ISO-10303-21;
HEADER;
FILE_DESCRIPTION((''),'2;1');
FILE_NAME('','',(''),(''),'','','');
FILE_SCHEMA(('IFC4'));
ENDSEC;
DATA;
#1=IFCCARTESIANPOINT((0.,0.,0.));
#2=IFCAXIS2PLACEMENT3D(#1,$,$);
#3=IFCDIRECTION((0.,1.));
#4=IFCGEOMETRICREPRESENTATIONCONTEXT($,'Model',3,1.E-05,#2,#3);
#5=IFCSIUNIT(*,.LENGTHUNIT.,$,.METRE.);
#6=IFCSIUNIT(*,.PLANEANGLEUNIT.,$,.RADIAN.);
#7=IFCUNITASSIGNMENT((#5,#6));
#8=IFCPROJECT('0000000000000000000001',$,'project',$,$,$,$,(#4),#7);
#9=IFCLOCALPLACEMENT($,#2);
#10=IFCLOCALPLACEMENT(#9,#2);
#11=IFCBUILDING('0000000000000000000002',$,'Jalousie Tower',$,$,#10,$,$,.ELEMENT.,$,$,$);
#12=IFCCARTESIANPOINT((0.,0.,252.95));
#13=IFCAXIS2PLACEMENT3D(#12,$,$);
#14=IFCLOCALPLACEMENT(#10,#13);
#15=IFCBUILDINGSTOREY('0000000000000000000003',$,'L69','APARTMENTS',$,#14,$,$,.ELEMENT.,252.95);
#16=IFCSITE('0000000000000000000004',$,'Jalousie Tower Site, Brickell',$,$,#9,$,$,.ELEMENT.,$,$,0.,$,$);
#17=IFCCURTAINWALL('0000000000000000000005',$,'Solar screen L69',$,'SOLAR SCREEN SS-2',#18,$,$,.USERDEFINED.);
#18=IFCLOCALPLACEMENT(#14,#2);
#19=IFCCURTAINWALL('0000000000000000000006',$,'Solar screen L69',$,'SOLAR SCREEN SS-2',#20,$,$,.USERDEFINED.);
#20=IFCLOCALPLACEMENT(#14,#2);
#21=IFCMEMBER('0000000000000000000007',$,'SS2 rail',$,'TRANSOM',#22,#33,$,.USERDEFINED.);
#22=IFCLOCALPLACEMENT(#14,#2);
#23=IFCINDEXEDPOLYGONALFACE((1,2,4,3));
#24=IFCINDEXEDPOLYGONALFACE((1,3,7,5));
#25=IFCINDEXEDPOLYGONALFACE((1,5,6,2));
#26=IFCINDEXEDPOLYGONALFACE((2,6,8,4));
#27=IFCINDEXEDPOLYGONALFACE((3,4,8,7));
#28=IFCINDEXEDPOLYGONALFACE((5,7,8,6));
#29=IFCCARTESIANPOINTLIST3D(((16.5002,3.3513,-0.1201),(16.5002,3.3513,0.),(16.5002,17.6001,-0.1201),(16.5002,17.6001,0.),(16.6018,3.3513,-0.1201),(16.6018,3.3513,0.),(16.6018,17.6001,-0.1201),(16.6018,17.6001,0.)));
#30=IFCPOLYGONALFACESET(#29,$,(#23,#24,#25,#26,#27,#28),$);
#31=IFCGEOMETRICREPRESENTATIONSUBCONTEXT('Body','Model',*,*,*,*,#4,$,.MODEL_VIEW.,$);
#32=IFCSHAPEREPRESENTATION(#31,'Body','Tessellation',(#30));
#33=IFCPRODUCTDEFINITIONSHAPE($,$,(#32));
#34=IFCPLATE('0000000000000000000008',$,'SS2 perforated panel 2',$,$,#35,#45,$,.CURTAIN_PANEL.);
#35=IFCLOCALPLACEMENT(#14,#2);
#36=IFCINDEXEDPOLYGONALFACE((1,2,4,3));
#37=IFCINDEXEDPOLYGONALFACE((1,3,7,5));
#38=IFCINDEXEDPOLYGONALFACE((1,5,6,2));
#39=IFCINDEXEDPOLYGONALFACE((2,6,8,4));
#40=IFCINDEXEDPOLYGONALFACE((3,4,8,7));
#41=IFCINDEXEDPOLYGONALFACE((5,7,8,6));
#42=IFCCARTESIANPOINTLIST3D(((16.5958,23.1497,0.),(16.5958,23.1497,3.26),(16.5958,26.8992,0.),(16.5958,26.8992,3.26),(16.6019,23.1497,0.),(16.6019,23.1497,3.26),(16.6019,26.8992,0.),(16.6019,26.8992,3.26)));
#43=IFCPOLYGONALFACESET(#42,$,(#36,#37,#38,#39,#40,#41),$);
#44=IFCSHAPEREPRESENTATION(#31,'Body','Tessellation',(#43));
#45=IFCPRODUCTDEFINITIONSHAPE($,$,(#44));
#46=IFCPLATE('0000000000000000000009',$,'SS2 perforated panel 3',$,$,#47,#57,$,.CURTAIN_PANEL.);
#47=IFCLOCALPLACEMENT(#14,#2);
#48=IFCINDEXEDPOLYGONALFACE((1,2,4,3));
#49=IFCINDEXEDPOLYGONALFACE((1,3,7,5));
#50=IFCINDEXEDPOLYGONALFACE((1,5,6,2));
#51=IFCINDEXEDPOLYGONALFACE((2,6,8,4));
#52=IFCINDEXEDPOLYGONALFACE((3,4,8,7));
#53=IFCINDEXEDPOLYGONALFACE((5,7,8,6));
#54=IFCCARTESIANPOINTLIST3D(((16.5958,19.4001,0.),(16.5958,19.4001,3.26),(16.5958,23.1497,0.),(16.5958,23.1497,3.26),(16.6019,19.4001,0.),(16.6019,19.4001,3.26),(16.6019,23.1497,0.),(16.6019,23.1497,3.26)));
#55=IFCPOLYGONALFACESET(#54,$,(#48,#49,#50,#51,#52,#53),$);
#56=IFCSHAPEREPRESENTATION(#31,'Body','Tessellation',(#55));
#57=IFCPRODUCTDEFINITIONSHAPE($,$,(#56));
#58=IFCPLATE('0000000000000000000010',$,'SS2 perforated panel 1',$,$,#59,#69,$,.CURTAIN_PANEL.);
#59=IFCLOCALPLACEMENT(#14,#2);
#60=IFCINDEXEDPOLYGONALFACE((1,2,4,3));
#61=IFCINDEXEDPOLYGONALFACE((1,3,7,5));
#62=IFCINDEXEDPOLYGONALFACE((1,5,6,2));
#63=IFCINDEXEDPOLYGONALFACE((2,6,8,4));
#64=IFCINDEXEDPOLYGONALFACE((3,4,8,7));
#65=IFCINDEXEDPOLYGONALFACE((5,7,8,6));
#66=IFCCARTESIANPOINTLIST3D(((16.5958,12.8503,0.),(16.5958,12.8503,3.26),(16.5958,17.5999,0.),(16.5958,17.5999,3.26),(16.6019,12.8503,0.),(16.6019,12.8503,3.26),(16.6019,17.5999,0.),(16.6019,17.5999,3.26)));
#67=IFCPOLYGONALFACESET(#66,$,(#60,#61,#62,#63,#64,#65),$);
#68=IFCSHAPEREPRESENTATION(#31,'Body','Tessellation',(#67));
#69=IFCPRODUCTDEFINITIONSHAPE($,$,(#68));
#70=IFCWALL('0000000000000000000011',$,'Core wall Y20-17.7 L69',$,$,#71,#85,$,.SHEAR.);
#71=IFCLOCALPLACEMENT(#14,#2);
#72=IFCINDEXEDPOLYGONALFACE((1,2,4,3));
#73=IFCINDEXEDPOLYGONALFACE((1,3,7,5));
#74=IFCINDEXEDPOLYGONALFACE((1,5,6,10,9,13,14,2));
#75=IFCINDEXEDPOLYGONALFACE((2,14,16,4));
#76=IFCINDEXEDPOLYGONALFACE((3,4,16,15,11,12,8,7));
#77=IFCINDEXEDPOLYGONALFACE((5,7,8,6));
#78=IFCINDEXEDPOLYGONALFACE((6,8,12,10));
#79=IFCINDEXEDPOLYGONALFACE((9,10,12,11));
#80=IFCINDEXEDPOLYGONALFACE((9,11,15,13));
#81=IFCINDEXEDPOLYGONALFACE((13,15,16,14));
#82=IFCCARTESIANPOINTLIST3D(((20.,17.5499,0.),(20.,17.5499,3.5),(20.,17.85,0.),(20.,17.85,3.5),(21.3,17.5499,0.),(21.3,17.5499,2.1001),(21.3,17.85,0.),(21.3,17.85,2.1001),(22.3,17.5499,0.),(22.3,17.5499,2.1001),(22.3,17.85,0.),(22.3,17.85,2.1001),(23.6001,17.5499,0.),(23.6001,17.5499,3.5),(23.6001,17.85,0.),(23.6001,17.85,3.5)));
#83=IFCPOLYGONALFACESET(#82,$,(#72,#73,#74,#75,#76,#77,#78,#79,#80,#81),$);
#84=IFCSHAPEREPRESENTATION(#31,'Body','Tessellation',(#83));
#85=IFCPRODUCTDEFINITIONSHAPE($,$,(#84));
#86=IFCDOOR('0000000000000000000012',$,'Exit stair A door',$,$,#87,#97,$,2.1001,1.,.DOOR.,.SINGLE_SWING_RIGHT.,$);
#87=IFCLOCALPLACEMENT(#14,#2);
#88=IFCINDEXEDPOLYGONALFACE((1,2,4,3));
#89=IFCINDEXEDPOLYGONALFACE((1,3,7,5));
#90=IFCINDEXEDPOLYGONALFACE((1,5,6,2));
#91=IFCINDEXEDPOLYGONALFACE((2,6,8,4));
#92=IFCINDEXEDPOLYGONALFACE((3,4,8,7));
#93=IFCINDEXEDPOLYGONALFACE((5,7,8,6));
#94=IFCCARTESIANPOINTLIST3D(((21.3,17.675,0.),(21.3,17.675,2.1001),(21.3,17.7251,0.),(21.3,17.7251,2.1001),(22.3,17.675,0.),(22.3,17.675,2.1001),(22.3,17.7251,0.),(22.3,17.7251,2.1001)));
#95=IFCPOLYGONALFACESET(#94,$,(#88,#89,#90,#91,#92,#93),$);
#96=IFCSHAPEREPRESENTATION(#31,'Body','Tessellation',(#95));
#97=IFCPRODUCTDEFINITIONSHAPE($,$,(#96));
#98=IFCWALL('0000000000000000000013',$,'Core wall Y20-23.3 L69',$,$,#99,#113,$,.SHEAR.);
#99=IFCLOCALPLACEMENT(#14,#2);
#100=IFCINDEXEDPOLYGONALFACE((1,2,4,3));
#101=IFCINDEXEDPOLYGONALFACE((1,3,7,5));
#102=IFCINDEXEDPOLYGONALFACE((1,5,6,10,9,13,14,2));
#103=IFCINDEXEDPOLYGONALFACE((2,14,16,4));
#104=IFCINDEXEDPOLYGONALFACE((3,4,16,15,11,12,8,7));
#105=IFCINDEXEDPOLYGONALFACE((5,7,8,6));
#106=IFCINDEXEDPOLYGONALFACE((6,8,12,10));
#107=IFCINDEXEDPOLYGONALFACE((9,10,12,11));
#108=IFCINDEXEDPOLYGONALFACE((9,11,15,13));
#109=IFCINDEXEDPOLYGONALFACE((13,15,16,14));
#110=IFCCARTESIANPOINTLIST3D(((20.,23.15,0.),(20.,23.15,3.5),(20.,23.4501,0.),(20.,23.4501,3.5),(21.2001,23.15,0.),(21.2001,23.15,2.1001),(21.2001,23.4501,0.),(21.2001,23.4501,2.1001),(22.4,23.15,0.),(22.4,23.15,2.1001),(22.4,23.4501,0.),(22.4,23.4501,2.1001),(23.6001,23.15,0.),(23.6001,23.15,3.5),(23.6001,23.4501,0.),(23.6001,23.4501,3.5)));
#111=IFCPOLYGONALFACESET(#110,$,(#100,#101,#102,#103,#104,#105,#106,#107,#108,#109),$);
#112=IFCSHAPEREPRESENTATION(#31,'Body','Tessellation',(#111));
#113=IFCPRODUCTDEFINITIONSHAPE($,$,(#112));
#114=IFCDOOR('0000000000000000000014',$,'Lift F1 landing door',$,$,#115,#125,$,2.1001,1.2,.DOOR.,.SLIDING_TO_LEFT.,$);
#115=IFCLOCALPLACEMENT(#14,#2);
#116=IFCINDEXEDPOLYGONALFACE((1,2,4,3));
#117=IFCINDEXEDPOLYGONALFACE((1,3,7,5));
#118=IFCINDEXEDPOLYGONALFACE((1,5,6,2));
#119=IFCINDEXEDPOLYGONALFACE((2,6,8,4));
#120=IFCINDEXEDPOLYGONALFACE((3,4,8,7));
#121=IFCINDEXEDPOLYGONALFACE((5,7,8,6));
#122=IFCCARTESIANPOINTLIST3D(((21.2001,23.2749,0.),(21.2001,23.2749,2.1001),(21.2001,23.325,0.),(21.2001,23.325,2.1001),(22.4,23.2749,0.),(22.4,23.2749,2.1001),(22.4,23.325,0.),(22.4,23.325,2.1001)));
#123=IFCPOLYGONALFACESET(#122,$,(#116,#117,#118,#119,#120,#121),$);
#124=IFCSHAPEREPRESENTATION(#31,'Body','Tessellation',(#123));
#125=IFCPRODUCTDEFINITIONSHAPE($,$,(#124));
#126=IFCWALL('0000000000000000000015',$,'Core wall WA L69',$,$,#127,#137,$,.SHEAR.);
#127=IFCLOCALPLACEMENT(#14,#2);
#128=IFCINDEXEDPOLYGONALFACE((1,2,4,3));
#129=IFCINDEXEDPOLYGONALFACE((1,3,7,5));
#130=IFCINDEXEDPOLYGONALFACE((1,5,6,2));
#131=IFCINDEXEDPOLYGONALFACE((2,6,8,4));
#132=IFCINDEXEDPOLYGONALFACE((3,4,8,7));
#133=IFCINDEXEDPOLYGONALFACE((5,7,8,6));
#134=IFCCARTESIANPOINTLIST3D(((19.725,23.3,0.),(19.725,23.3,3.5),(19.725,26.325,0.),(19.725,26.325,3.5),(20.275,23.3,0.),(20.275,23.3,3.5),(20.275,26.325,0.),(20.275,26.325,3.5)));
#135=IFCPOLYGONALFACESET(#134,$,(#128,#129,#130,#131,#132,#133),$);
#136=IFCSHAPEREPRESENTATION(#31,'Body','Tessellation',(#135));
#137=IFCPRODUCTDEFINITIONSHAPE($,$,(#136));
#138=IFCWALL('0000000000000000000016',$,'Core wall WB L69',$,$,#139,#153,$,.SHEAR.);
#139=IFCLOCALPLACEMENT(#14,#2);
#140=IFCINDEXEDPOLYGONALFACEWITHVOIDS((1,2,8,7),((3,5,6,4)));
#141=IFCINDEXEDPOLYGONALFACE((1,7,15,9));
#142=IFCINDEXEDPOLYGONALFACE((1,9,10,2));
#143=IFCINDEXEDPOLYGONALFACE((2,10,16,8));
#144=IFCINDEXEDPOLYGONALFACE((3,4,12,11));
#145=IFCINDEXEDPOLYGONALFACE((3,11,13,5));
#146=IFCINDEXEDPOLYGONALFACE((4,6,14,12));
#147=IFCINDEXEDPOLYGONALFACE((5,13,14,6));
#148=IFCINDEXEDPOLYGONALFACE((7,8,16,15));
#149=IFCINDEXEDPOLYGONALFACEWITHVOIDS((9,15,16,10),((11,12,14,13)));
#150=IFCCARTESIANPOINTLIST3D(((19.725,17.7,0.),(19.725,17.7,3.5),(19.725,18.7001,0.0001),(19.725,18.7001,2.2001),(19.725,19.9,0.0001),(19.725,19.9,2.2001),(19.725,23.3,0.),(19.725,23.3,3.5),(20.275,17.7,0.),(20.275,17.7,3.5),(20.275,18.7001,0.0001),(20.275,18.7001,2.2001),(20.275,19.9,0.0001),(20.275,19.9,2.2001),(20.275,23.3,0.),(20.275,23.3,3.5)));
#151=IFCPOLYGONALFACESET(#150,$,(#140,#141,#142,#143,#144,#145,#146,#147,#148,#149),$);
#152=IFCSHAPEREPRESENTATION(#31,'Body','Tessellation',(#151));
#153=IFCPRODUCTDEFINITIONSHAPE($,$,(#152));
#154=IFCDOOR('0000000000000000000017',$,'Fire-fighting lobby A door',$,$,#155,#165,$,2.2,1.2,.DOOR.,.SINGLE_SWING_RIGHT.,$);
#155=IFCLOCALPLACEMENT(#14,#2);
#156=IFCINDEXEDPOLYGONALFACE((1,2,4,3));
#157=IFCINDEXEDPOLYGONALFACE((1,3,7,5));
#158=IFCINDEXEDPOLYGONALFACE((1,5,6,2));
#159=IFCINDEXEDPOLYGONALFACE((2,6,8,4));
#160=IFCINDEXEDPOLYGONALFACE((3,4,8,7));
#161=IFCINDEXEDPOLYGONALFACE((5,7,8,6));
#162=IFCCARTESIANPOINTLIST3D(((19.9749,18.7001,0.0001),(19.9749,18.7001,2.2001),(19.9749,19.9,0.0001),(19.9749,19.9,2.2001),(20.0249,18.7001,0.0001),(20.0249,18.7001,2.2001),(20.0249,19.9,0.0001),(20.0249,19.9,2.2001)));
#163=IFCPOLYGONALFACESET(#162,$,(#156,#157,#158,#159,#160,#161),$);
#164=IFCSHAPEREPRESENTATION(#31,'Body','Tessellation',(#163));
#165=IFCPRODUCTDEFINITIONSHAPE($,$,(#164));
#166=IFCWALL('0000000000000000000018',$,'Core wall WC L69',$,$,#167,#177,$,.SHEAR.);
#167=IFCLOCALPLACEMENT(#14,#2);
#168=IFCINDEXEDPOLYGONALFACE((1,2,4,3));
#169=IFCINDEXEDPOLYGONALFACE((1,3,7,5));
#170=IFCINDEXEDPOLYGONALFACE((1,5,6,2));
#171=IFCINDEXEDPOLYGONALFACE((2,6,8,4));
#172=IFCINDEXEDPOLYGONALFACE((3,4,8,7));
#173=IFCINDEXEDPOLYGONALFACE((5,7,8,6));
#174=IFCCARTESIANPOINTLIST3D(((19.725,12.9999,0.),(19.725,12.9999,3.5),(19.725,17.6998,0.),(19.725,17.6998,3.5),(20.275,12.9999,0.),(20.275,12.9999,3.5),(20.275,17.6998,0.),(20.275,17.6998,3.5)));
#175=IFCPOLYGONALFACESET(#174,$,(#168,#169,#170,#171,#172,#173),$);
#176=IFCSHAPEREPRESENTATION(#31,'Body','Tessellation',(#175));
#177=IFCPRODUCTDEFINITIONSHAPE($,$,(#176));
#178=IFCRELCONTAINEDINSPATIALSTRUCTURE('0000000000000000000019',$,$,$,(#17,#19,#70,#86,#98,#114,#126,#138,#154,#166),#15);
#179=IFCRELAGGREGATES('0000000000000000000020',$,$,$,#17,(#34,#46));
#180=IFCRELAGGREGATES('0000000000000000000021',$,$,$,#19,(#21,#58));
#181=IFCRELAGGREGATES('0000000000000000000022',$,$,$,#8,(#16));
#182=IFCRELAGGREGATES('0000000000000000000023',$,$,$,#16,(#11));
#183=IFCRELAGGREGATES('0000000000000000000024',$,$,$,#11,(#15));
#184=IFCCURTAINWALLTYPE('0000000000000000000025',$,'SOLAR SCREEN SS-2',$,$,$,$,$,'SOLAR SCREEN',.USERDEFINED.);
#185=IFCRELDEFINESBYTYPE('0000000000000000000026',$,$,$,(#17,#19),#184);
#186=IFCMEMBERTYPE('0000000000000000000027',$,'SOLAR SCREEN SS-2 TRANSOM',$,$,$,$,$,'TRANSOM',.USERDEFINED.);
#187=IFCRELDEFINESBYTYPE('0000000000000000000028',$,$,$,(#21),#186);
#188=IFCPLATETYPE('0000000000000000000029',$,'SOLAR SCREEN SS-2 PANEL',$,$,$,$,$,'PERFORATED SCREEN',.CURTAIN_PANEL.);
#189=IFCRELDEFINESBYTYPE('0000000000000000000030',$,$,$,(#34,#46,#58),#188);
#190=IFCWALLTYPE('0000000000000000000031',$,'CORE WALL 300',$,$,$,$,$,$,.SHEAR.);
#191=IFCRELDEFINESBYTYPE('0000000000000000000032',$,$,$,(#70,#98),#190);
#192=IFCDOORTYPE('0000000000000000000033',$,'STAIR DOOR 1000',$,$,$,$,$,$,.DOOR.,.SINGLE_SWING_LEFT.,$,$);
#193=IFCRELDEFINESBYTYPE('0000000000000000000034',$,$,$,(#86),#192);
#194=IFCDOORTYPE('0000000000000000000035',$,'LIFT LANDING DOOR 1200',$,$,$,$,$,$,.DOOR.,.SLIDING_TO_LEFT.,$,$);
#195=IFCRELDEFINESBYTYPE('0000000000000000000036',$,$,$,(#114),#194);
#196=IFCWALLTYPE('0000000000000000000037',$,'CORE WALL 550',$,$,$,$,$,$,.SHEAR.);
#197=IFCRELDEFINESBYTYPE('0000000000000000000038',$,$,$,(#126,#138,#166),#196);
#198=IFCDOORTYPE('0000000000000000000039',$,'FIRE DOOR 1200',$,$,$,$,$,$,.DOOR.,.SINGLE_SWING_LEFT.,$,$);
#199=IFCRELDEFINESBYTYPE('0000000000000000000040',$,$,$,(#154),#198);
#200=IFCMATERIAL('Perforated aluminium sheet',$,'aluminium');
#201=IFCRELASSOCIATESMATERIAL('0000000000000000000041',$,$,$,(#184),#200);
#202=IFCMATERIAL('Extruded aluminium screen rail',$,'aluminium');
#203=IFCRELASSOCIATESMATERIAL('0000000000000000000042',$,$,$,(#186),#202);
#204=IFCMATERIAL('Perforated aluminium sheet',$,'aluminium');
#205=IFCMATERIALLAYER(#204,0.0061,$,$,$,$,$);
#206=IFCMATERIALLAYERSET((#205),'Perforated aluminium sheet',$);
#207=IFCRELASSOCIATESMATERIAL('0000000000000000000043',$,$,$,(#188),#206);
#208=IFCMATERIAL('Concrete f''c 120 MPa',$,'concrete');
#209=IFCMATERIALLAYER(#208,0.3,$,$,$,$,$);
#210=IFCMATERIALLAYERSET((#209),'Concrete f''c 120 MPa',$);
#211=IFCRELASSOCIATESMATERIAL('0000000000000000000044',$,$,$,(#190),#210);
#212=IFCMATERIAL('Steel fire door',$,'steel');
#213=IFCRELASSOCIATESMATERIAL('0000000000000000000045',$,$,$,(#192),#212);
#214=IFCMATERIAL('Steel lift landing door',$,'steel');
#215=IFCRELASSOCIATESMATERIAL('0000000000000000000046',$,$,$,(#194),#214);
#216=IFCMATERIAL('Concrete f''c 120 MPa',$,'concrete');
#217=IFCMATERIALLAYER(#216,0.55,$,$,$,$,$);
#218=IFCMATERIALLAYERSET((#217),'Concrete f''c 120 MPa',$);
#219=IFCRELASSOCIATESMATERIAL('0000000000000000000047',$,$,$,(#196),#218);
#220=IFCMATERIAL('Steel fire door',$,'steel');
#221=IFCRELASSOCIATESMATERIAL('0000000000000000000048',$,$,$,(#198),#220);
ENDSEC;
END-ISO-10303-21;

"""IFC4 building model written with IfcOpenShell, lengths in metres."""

from ifc_helpers import new_model, si_unit, direction, frame, frame_2d, origin, origin_2d, place, context, subcontext, project, spatial, rectangle, extrude, material, layer, layer_set, material_profile, profile_set, type_object, element, fill, aggregate, save


model = new_model("IFC4")

# Units and contexts
model_context = context("Model", 3, precision=1e-05, world=origin(), true_north=direction((0.0, 1.0)))
body_context = subcontext(model_context, "Body", "Model", "MODEL_VIEW")
ifc_project = project(units=[si_unit("LENGTHUNIT", "METRE"), si_unit("PLANEANGLEUNIT", "RADIAN")], contexts=[model_context])

# Site, building, storey
site_placement = place(None, origin())
site = spatial("IfcSite", under=ifc_project, at=site_placement, Name="Jalousie Tower Site, Brickell", CompositionType="ELEMENT", RefElevation=0.0)
building_placement = place(site_placement, origin())
building = spatial("IfcBuilding", under=site, at=building_placement, Name="Jalousie Tower", CompositionType="ELEMENT")
storey_placement = place(building_placement, frame((0.0, 0.0, 252.95)))
storey = spatial("IfcBuildingStorey", under=building, at=storey_placement, Name="L69", Description="APARTMENTS", CompositionType="ELEMENT", Elevation=252.95)

# Curtain walls, member
ifc_material_1 = material(Name="Perforated aluminium sheet", Category="aluminium")
curtain_wall_type = type_object("IfcCurtainWallType", Name="SOLAR SCREEN SS-2", ElementType="SOLAR SCREEN", PredefinedType="USERDEFINED", material=ifc_material_1)
curtain_wall_1_placement = place(storey_placement, origin())
curtain_wall_1 = element("IfcCurtainWall", 1, at=curtain_wall_1_placement, inside=storey, type_object=curtain_wall_type, Name="Solar screen L69", ObjectType="SOLAR SCREEN SS-2", PredefinedType="USERDEFINED")
curtain_wall_2_placement = place(storey_placement, origin())
curtain_wall_2 = element("IfcCurtainWall", 2, at=curtain_wall_2_placement, inside=storey, type_object=curtain_wall_type, Name="Solar screen L69", ObjectType="SOLAR SCREEN SS-2", PredefinedType="USERDEFINED")
ifc_material_2 = material(Name="Extruded aluminium screen rail", Category="aluminium")
ifc_material_profile_1 = material_profile(ifc_material_2, rectangle(XDim=0.1016, YDim=0.1201, at=origin_2d()), Name="RAIL 102x120")
ifc_profile_set_1 = profile_set([ifc_material_profile_1], Name="Extruded aluminium screen rail")
member_type_1 = type_object("IfcMemberType", Name="SOLAR SCREEN SS-2 TRANSOM", ElementType="TRANSOM", PredefinedType="USERDEFINED", material=ifc_profile_set_1)
member_1_placement = place(storey_placement, frame((16.551, 17.6001, -0.0601), z_axis=(0.0, -1.0, 0.0), x_axis=(1.0, 0.0, 0.0)))
member_1 = element("IfcMember", 3, at=member_1_placement, type_object=member_type_1, Name="SS2 rail", ObjectType="TRANSOM", PredefinedType="USERDEFINED", context=body_context, shape_type="SweptSolid", body=[
    extrude(rectangle(XDim=0.1016, YDim=0.1201, at=origin_2d()), origin(), (0.0, 0.0, 1.0), 14.2488),
])

# Plates
ifc_material_3 = material(Name="Perforated aluminium sheet", Category="aluminium")
ifc_layer_1 = layer(ifc_material_3, 0.0061)
ifc_layer_set_1 = layer_set([ifc_layer_1], Name="Perforated aluminium sheet")
plate_type = type_object("IfcPlateType", Name="SOLAR SCREEN SS-2 PANEL", ElementType="PERFORATED SCREEN", PredefinedType="CURTAIN_PANEL", material=ifc_layer_set_1)
plate_1_placement = place(storey_placement, frame((16.5989, 25.0244, 0.0), z_axis=(0.0, 0.0, 1.0), x_axis=(0.0, -1.0, 0.0)))
plate_1 = element("IfcPlate", 4, at=plate_1_placement, type_object=plate_type, Name="SS2 perforated panel 2", PredefinedType="CURTAIN_PANEL", context=body_context, shape_type="SweptSolid", body=[
    extrude(rectangle(XDim=3.7495, YDim=0.0061, at=origin_2d()), origin(), (0.0, 0.0, 1.0), 3.26),
])
plate_2_placement = place(storey_placement, frame((16.5989, 21.2749, 0.0), z_axis=(0.0, 0.0, 1.0), x_axis=(0.0, -1.0, 0.0)))
plate_2 = element("IfcPlate", 5, at=plate_2_placement, type_object=plate_type, Name="SS2 perforated panel 3", PredefinedType="CURTAIN_PANEL", context=body_context, shape_type="SweptSolid", body=[
    extrude(rectangle(XDim=3.7495, YDim=0.0061, at=origin_2d()), origin(), (0.0, 0.0, 1.0), 3.26),
])
aggregate(curtain_wall_1, [plate_1, plate_2])
plate_3_placement = place(storey_placement, frame((16.5989, 15.2251, 0.0), z_axis=(0.0, 0.0, 1.0), x_axis=(0.0, -1.0, 0.0)))
plate_3 = element("IfcPlate", 6, at=plate_3_placement, type_object=plate_type, Name="SS2 perforated panel 1", PredefinedType="CURTAIN_PANEL", context=body_context, shape_type="SweptSolid", body=[
    extrude(rectangle(XDim=4.7495, YDim=0.0061, at=origin_2d()), origin(), (0.0, 0.0, 1.0), 3.26),
])
aggregate(curtain_wall_2, [member_1, plate_3])

# Walls, openings, doors
ifc_material_4 = material(Name="Concrete f'c 120 MPa", Category="concrete")
ifc_layer_2 = layer(ifc_material_4, 0.3)
ifc_layer_set_2 = layer_set([ifc_layer_2], Name="Concrete f'c 120 MPa")
wall_type_1 = type_object("IfcWallType", Name="CORE WALL 300", PredefinedType="SHEAR", material=ifc_layer_set_2)
wall_1_placement = place(storey_placement, frame((20.0, 17.7, 0.0), z_axis=(0.0, 0.0, 1.0), x_axis=(1.0, 0.0, 0.0)))
wall_1 = element("IfcWall", 7, at=wall_1_placement, inside=storey, type_object=wall_type_1, Name="Core wall Y20-17.7 L69", PredefinedType="SHEAR", context=body_context, shape_type="SweptSolid", body=[
    extrude(rectangle(XDim=3.6001, YDim=0.3, at=frame_2d((1.8, 0.0))), origin(), (0.0, 0.0, 1.0), 3.5),
])
opening_1_placement = place(wall_1_placement, frame((1.3, 0.0, 0.0)))
opening_1 = element("IfcOpeningElement", 8, at=opening_1_placement, cuts=wall_1, PredefinedType="OPENING", context=body_context, shape_type="SweptSolid", body=[
    extrude(rectangle(XDim=1.0, YDim=2.1001, at=frame_2d((0.5, 1.05))), frame((0.0, 0.1599, 0.0), z_axis=(0.0, -1.0, 0.0), x_axis=(1.0, 0.0, 0.0)), (0.0, 0.0, 1.0), 0.3201),
])
ifc_material_5 = material(Name="Steel fire door", Category="steel")
door_type_1 = type_object("IfcDoorType", Name="STAIR DOOR 1000", OperationType="SINGLE_SWING_LEFT", PredefinedType="DOOR", material=ifc_material_5)
door_1_placement = place(opening_1_placement, frame((1.0, 0.0, 0.0), z_axis=(0.0, 0.0, 1.0), x_axis=(-1.0, 0.0, 0.0)))
door_1 = element("IfcDoor", 9, at=door_1_placement, inside=storey, type_object=door_type_1, Name="Exit stair A door", OperationType="SINGLE_SWING_RIGHT", OverallHeight=2.1001, OverallWidth=1.0, PredefinedType="DOOR", context=body_context, shape_type="SweptSolid", body=[
    extrude(rectangle(XDim=1.0, YDim=2.1001, at=frame_2d((0.5, 1.05))), frame((0.0, 0.0249, 0.0), z_axis=(0.0, -1.0, 0.0), x_axis=(1.0, 0.0, 0.0)), (0.0, 0.0, 1.0), 0.05),
])
fill(opening_1, door_1)
wall_2_placement = place(storey_placement, frame((20.0, 23.3, 0.0), z_axis=(0.0, 0.0, 1.0), x_axis=(1.0, 0.0, 0.0)))
wall_2 = element("IfcWall", 10, at=wall_2_placement, inside=storey, type_object=wall_type_1, Name="Core wall Y20-23.3 L69", PredefinedType="SHEAR", context=body_context, shape_type="SweptSolid", body=[
    extrude(rectangle(XDim=3.6001, YDim=0.3, at=frame_2d((1.8, 0.0))), origin(), (0.0, 0.0, 1.0), 3.5),
])
opening_2_placement = place(wall_2_placement, frame((1.2, 0.0, 0.0)))
opening_2 = element("IfcOpeningElement", 11, at=opening_2_placement, cuts=wall_2, PredefinedType="OPENING", context=body_context, shape_type="SweptSolid", body=[
    extrude(rectangle(XDim=1.2, YDim=2.1001, at=frame_2d((0.6001, 1.05))), frame((0.0, 0.1599, 0.0), z_axis=(0.0, -1.0, 0.0), x_axis=(1.0, 0.0, 0.0)), (0.0, 0.0, 1.0), 0.3201),
])
ifc_material_6 = material(Name="Steel lift landing door", Category="steel")
door_type_2 = type_object("IfcDoorType", Name="LIFT LANDING DOOR 1200", OperationType="SLIDING_TO_LEFT", PredefinedType="DOOR", material=ifc_material_6)
door_2_placement = place(opening_2_placement, origin())
door_2 = element("IfcDoor", 12, at=door_2_placement, inside=storey, type_object=door_type_2, Name="Lift F1 landing door", OperationType="SLIDING_TO_LEFT", OverallHeight=2.1001, OverallWidth=1.2, PredefinedType="DOOR", context=body_context, shape_type="SweptSolid", body=[
    extrude(rectangle(XDim=1.2, YDim=2.1001, at=frame_2d((0.6001, 1.05))), frame((0.0, 0.0249, 0.0), z_axis=(0.0, -1.0, 0.0), x_axis=(1.0, 0.0, 0.0)), (0.0, 0.0, 1.0), 0.05),
])
fill(opening_2, door_2)

# Wall
ifc_material_7 = material(Name="Concrete f'c 120 MPa", Category="concrete")
ifc_layer_3 = layer(ifc_material_7, 0.55)
ifc_layer_set_3 = layer_set([ifc_layer_3], Name="Concrete f'c 120 MPa")
wall_type_2 = type_object("IfcWallType", Name="CORE WALL 550", PredefinedType="SHEAR", material=ifc_layer_set_3)
wall_3_placement = place(storey_placement, frame((20.0, 26.325, 0.0), z_axis=(0.0, 0.0, 1.0), x_axis=(0.0, -1.0, 0.0)))
element("IfcWall", 13, at=wall_3_placement, inside=storey, type_object=wall_type_2, Name="Core wall WA L69", PredefinedType="SHEAR", context=body_context, shape_type="SweptSolid", body=[
    extrude(rectangle(XDim=3.0249, YDim=0.55, at=frame_2d((1.5125, 0.0))), origin(), (0.0, 0.0, 1.0), 3.5),
])

# Wall, opening, door
wall_4_placement = place(storey_placement, frame((20.0, 23.3, 0.0), z_axis=(0.0, 0.0, 1.0), x_axis=(0.0, -1.0, 0.0)))
wall_4 = element("IfcWall", 14, at=wall_4_placement, inside=storey, type_object=wall_type_2, Name="Core wall WB L69", PredefinedType="SHEAR", context=body_context, shape_type="SweptSolid", body=[
    extrude(rectangle(XDim=5.6001, YDim=0.55, at=frame_2d((2.8, 0.0))), origin(), (0.0, 0.0, 1.0), 3.5),
])
opening_3_placement = place(wall_4_placement, frame((3.3999, 0.0, 0.0)))
opening_3 = element("IfcOpeningElement", 15, at=opening_3_placement, cuts=wall_4, PredefinedType="OPENING", context=body_context, shape_type="SweptSolid", body=[
    extrude(rectangle(XDim=1.2, YDim=2.2, at=frame_2d((0.6001, 1.1001))), frame((0.0, 0.2849, 0.0), z_axis=(0.0, -1.0, 0.0), x_axis=(1.0, 0.0, 0.0)), (0.0, 0.0, 1.0), 0.5701),
])
ifc_material_8 = material(Name="Steel fire door", Category="steel")
door_type_3 = type_object("IfcDoorType", Name="FIRE DOOR 1200", OperationType="SINGLE_SWING_LEFT", PredefinedType="DOOR", material=ifc_material_8)
door_3_placement = place(opening_3_placement, origin())
door_3 = element("IfcDoor", 16, at=door_3_placement, inside=storey, type_object=door_type_3, Name="Fire-fighting lobby A door", OperationType="SINGLE_SWING_RIGHT", OverallHeight=2.2, OverallWidth=1.2, PredefinedType="DOOR", context=body_context, shape_type="SweptSolid", body=[
    extrude(rectangle(XDim=1.2, YDim=2.2, at=frame_2d((0.6001, 1.1001))), frame((0.0, 0.0249, 0.0), z_axis=(0.0, -1.0, 0.0), x_axis=(1.0, 0.0, 0.0)), (0.0, 0.0, 1.0), 0.05),
])
fill(opening_3, door_3)

# Wall
wall_5_placement = place(storey_placement, frame((20.0, 17.7, 0.0), z_axis=(0.0, 0.0, 1.0), x_axis=(0.0, -1.0, 0.0)))
element("IfcWall", 17, at=wall_5_placement, inside=storey, type_object=wall_type_2, Name="Core wall WC L69", PredefinedType="SHEAR", context=body_context, shape_type="SweptSolid", body=[
    extrude(rectangle(XDim=4.7, YDim=0.55, at=frame_2d((2.3501, 0.0))), origin(), (0.0, 0.0, 1.0), 3.5),
])

save(model, "model.ifc")
